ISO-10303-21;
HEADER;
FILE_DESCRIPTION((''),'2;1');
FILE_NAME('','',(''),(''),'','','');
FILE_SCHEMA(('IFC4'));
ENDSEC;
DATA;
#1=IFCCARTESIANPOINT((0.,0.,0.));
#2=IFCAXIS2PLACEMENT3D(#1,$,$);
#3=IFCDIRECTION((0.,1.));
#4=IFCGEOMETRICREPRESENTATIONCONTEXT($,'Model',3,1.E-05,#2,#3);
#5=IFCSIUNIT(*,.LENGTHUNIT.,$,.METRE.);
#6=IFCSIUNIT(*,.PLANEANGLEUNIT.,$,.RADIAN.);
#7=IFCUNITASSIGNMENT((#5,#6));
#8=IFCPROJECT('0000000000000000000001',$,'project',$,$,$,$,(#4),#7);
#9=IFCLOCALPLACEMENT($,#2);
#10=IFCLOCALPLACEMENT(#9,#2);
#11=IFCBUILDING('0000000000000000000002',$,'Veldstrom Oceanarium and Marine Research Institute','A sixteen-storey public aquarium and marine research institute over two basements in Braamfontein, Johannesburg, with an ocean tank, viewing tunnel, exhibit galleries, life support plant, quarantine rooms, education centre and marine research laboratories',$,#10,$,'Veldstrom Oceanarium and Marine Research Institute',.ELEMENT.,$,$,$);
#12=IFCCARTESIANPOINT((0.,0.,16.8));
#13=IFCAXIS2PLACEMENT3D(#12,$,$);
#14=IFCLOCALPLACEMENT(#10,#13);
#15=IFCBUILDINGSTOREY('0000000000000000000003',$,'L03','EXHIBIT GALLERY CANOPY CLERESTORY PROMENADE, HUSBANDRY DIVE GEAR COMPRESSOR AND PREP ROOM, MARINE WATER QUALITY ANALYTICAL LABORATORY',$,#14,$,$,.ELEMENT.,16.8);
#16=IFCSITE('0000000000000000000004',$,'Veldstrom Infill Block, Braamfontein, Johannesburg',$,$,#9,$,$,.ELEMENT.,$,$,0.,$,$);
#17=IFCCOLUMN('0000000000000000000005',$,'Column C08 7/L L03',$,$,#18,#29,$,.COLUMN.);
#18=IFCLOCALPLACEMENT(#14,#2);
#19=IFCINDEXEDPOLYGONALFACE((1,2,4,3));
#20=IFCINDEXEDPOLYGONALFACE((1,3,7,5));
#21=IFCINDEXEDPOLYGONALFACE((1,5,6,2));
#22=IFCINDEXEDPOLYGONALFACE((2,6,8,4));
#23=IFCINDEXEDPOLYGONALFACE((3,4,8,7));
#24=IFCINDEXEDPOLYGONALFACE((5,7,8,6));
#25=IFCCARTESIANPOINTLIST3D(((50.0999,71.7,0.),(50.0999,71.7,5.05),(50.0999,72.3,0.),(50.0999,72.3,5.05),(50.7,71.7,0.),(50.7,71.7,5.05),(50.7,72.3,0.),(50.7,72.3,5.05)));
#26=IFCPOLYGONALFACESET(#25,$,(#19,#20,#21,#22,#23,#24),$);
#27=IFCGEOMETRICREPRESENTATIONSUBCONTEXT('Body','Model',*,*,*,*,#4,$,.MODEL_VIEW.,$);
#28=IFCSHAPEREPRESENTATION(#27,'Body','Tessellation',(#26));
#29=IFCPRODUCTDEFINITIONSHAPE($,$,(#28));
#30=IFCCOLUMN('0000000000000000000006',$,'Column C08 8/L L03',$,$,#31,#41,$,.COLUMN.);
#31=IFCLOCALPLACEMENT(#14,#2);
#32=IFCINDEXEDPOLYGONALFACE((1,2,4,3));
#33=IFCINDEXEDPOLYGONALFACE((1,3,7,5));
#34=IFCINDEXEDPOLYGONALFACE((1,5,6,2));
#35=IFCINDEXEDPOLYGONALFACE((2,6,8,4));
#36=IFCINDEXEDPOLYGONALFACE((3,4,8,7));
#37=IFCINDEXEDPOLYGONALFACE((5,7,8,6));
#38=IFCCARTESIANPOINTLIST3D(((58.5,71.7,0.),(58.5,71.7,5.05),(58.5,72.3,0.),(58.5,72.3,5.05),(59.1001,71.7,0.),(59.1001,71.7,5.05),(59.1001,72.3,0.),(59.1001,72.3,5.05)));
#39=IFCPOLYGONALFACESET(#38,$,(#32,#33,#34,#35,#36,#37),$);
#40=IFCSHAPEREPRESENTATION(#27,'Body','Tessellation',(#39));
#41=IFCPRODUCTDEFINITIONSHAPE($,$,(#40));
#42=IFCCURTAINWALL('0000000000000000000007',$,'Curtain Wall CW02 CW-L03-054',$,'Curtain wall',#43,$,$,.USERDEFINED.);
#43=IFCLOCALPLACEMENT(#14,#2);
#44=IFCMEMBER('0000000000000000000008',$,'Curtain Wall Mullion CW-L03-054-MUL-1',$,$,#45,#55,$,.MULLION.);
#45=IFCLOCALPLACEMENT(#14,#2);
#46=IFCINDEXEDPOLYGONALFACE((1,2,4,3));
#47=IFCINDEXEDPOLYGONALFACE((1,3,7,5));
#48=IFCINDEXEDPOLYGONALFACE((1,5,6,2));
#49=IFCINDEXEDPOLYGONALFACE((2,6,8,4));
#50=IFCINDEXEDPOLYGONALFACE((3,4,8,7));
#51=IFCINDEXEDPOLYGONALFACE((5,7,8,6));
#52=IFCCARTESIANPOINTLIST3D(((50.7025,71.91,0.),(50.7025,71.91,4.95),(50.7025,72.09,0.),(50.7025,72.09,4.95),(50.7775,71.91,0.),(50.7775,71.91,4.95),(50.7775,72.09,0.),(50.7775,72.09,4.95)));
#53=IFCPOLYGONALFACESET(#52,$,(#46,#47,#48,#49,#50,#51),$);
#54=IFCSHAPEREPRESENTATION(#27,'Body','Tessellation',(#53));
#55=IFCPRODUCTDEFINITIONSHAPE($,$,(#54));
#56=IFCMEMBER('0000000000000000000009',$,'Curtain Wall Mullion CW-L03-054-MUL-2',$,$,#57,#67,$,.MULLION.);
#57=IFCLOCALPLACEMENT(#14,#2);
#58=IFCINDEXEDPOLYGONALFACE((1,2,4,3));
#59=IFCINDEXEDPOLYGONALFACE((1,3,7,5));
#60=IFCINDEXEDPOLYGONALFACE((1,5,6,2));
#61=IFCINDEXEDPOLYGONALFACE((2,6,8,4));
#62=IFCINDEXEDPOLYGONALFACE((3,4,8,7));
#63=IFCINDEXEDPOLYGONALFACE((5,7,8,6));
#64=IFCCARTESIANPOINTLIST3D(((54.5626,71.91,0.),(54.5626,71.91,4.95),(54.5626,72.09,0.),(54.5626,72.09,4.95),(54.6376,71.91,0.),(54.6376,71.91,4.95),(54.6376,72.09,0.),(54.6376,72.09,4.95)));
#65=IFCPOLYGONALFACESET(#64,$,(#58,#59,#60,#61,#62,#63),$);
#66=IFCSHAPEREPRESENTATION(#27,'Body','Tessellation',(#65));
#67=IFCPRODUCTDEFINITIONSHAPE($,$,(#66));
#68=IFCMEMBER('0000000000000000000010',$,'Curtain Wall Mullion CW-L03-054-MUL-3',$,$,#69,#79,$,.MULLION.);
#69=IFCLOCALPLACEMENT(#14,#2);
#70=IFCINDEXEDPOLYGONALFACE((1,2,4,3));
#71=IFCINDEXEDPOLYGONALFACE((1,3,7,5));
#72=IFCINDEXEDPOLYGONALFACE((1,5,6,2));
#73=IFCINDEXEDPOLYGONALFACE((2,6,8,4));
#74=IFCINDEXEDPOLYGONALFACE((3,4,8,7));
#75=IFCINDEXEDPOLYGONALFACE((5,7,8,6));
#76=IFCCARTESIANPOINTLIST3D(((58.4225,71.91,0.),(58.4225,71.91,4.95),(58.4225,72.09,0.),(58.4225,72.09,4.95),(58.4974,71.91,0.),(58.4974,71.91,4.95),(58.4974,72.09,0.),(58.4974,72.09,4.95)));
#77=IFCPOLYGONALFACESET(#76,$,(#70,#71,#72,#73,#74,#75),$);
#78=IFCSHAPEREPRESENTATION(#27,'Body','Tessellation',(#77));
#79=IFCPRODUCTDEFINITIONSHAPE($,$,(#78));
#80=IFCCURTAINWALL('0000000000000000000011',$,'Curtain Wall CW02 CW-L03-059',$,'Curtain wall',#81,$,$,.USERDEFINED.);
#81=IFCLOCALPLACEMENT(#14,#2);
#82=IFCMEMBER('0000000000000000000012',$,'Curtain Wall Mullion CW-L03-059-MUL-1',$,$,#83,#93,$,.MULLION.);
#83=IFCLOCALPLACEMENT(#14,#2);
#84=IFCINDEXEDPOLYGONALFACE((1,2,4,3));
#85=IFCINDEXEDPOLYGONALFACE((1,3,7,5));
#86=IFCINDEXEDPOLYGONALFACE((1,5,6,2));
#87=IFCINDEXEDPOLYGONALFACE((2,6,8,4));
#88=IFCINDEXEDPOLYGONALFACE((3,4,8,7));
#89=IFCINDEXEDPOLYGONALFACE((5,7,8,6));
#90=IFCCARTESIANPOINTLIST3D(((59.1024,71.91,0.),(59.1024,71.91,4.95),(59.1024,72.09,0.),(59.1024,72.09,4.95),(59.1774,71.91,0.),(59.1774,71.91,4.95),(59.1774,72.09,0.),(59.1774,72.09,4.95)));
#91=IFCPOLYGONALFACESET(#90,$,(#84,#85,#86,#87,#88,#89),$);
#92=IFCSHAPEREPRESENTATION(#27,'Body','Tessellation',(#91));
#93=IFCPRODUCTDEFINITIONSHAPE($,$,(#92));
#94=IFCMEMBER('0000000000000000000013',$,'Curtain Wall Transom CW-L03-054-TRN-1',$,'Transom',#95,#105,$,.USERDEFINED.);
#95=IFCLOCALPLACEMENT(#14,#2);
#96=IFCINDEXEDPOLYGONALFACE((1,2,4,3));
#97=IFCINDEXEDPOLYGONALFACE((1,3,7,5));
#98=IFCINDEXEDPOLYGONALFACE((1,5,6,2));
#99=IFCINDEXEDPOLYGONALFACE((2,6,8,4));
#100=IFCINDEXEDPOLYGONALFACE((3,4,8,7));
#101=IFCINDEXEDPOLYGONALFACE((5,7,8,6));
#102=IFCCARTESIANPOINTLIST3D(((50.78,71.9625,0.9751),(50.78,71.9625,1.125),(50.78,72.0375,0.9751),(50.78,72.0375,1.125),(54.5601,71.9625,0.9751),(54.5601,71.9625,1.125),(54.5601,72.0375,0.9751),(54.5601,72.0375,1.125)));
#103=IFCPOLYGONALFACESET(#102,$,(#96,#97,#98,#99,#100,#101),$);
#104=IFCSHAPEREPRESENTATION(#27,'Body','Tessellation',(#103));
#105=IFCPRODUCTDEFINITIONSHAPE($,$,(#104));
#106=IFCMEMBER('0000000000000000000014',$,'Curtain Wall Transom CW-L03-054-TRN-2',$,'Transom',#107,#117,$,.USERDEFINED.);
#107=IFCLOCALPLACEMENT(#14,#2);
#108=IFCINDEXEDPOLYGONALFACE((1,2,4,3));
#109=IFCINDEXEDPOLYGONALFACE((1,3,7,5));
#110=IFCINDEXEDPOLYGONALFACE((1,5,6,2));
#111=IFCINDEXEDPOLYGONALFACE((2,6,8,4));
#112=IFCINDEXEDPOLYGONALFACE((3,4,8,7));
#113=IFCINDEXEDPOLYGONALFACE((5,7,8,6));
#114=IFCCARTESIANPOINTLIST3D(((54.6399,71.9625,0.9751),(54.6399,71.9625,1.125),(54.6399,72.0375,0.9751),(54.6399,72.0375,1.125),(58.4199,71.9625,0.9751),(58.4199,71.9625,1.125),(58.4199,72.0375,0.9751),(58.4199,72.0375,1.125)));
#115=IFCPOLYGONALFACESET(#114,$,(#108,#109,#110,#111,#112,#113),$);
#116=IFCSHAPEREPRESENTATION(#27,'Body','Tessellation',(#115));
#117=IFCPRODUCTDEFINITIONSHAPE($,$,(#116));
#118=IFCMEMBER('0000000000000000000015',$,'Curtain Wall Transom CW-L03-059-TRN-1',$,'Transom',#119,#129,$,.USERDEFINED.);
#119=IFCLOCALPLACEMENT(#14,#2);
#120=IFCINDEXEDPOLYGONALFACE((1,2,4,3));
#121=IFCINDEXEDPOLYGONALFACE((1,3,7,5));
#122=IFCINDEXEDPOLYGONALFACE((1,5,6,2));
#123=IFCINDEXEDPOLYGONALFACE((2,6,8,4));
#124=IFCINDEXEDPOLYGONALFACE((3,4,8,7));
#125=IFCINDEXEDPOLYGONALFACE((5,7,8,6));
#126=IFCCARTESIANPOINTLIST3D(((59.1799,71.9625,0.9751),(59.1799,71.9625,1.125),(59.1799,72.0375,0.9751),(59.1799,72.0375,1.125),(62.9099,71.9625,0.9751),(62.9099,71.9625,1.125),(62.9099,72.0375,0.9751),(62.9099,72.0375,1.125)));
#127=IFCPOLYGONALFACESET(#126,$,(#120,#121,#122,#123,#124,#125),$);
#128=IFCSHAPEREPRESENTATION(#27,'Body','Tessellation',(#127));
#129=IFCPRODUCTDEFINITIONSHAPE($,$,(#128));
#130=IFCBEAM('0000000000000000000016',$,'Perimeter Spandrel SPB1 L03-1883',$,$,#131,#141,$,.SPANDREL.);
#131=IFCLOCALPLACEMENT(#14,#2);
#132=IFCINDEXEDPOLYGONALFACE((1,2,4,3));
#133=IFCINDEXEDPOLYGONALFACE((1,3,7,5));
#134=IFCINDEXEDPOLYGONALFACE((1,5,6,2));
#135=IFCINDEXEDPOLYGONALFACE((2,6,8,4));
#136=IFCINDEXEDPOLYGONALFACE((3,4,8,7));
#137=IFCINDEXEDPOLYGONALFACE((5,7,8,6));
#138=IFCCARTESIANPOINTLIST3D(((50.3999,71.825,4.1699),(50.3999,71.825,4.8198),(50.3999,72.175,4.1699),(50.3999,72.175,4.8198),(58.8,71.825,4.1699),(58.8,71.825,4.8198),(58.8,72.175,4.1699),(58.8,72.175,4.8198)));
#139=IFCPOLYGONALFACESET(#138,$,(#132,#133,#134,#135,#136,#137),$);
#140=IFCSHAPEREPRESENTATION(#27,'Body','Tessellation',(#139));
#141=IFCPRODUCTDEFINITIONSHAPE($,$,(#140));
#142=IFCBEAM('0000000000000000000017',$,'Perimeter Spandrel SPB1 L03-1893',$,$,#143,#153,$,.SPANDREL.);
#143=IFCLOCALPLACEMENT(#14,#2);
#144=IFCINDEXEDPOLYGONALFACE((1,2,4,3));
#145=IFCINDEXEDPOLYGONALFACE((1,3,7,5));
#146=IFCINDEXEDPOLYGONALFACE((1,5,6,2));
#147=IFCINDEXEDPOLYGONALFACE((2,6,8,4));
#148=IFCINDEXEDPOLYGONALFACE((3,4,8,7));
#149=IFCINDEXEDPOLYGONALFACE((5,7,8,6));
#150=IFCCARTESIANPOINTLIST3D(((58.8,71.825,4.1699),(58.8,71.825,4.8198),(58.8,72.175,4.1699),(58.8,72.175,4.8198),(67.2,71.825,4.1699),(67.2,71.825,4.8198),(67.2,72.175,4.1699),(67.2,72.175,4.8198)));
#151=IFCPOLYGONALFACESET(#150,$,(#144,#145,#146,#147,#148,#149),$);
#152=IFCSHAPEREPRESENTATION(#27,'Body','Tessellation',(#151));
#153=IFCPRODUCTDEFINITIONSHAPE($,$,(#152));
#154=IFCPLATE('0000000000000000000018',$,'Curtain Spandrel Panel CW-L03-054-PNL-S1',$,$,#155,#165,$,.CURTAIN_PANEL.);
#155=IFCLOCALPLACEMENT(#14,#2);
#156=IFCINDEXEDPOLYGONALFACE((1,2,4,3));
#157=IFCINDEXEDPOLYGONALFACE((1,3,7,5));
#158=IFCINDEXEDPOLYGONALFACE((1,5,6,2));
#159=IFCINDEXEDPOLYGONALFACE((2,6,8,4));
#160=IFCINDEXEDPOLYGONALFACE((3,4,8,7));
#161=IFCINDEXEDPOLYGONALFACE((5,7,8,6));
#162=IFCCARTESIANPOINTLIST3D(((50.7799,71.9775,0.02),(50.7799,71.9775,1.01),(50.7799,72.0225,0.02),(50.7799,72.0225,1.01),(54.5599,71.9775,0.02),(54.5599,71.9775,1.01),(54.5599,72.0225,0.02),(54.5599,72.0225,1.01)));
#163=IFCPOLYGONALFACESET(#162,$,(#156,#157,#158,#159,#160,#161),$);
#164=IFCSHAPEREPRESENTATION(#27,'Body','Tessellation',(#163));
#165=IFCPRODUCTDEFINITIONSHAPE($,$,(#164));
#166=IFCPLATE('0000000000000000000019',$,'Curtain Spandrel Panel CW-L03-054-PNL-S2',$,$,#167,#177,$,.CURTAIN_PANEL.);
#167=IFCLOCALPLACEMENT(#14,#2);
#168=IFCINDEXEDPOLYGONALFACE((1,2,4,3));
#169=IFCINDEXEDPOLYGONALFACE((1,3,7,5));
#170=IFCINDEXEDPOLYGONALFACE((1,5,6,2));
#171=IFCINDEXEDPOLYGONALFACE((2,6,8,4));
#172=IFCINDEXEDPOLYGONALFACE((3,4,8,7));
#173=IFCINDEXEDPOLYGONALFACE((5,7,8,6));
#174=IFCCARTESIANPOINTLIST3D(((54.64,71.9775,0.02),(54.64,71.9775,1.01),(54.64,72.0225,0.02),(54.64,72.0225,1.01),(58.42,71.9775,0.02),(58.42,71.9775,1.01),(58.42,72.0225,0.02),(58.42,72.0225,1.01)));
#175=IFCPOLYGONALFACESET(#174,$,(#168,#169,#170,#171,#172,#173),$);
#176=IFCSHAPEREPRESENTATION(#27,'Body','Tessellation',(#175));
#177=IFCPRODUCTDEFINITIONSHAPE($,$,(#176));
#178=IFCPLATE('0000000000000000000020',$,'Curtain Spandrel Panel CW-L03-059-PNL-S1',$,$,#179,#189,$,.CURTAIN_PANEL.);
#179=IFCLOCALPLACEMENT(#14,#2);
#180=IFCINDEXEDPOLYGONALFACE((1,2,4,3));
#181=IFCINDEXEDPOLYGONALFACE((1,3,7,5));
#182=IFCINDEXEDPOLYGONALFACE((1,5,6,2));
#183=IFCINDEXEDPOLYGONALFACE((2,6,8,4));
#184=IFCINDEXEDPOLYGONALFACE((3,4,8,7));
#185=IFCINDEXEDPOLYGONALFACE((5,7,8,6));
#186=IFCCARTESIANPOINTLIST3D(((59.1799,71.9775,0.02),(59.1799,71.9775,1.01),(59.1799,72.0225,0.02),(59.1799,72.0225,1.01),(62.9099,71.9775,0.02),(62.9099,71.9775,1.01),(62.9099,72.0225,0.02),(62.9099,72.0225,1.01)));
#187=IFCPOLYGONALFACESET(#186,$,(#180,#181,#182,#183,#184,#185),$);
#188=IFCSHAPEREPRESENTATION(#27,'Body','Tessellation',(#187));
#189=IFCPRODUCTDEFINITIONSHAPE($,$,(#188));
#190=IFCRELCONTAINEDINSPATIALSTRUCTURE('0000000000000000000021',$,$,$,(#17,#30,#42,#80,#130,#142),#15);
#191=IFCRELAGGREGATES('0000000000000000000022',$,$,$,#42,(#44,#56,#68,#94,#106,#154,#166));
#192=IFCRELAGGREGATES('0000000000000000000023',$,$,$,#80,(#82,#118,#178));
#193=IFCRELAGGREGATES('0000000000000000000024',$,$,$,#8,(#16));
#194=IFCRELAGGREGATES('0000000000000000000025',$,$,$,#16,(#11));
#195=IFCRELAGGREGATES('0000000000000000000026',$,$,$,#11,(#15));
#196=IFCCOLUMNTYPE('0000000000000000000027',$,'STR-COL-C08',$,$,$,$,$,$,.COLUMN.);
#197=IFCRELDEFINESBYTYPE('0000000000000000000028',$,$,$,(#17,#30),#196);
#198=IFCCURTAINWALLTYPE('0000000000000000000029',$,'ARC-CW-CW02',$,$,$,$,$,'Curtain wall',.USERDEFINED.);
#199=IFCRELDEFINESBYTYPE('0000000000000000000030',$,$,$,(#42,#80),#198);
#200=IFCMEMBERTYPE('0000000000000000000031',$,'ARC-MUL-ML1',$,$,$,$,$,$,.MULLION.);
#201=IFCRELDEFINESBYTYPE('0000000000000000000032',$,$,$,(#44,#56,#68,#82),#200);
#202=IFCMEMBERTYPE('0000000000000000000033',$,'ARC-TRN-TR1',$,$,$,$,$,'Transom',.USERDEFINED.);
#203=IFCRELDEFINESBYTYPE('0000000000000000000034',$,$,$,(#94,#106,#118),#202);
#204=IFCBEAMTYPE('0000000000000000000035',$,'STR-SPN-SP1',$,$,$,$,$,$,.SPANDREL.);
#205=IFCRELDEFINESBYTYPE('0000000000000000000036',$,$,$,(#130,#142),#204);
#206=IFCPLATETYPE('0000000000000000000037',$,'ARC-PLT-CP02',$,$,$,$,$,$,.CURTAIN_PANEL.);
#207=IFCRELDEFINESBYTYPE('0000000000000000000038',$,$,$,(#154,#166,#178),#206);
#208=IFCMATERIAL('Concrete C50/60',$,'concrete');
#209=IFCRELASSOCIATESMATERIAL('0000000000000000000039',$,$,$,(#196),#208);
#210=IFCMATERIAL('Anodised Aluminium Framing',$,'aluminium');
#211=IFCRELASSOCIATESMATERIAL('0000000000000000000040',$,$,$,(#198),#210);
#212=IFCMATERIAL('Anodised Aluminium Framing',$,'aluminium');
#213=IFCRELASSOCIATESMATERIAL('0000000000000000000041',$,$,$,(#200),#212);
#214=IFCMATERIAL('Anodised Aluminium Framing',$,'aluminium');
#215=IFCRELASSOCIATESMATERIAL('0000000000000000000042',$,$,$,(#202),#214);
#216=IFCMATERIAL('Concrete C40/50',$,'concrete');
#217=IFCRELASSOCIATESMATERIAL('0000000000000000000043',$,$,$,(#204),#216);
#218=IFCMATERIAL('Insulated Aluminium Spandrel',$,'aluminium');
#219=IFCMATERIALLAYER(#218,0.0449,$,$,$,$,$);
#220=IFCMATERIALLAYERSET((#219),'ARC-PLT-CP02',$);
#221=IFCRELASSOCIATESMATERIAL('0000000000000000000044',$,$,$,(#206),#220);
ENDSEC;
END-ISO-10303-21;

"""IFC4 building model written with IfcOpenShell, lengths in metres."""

from ifc_helpers import new_model, si_unit, direction, frame, origin, origin_2d, place, context, subcontext, project, spatial, rectangle, extrude, material, layer, layer_set, material_profile, profile_set, type_object, element, aggregate, save


model = new_model("IFC4")

# Units and contexts
model_context = context("Model", 3, precision=1e-05, world=origin(), true_north=direction((0.0, 1.0)))
body_context = subcontext(model_context, "Body", "Model", "MODEL_VIEW")
ifc_project = project(units=[si_unit("LENGTHUNIT", "METRE"), si_unit("PLANEANGLEUNIT", "RADIAN")], contexts=[model_context])

# Site, building, storey
site_placement = place(None, origin())
site = spatial("IfcSite", under=ifc_project, at=site_placement, Name="Veldstrom Infill Block, Braamfontein, Johannesburg", CompositionType="ELEMENT", RefElevation=0.0)
building_placement = place(site_placement, origin())
building = spatial("IfcBuilding", under=site, at=building_placement, Name="Veldstrom Oceanarium and Marine Research Institute", Description="A sixteen-storey public aquarium and marine research institute over two basements in Braamfontein, Johannesburg, with an ocean tank, viewing tunnel, exhibit galleries, life support plant, quarantine rooms, education centre and marine research laboratories", LongName="Veldstrom Oceanarium and Marine Research Institute", CompositionType="ELEMENT")
storey_placement = place(building_placement, frame((0.0, 0.0, 16.8)))
storey = spatial("IfcBuildingStorey", under=building, at=storey_placement, Name="L03", Description="EXHIBIT GALLERY CANOPY CLERESTORY PROMENADE, HUSBANDRY DIVE GEAR COMPRESSOR AND PREP ROOM, MARINE WATER QUALITY ANALYTICAL LABORATORY", CompositionType="ELEMENT", Elevation=16.8)

# Columns
ifc_material_1 = material(Name="Concrete C50/60", Category="concrete")
ifc_material_profile_1 = material_profile(ifc_material_1, rectangle(XDim=0.6001, YDim=0.6001, at=origin_2d()), Name="RC-COL-600x600")
ifc_profile_set_1 = profile_set([ifc_material_profile_1], Name="Concrete C50/60")
column_type = type_object("IfcColumnType", Name="STR-COL-C08", PredefinedType="COLUMN", material=ifc_profile_set_1)
for number, where, z_axis, x_axis, name in (
    (1, (50.3999, 72.0, 0.0), (0.0, 0.0, 1.0), (1.0, 0.0, 0.0), "Column C08 7/L L03"),
    (2, (58.8, 72.0, 0.0), (0.0, 0.0, 1.0), (1.0, 0.0, 0.0), "Column C08 8/L L03"),
):
    element("IfcColumn", number, at=place(storey_placement, frame(where, z_axis=z_axis, x_axis=x_axis)), inside=storey, type_object=column_type, Name=name, PredefinedType="COLUMN", context=body_context, shape_type="SweptSolid", body=[
        extrude(rectangle(XDim=0.6001, YDim=0.6001, at=origin_2d()), origin(), (0.0, 0.0, 1.0), 5.05),
    ])

# Curtain wall, members
ifc_material_2 = material(Name="Anodised Aluminium Framing", Category="aluminium")
curtain_wall_type = type_object("IfcCurtainWallType", Name="ARC-CW-CW02", ElementType="Curtain wall", PredefinedType="USERDEFINED", material=ifc_material_2)
curtain_wall_1_placement = place(storey_placement, origin())
curtain_wall_1 = element("IfcCurtainWall", 3, at=curtain_wall_1_placement, inside=storey, type_object=curtain_wall_type, Name="Curtain Wall CW02 CW-L03-054", ObjectType="Curtain wall", PredefinedType="USERDEFINED")
ifc_material_3 = material(Name="Anodised Aluminium Framing", Category="aluminium")
ifc_material_profile_2 = material_profile(ifc_material_3, rectangle(XDim=0.075, YDim=0.1799, at=origin_2d()), Name="ALU-MUL-75x180")
ifc_profile_set_2 = profile_set([ifc_material_profile_2], Name="Anodised Aluminium Framing")
member_type_1 = type_object("IfcMemberType", Name="ARC-MUL-ML1", PredefinedType="MULLION", material=ifc_profile_set_2)
member_1_placement = place(storey_placement, frame((50.74, 72.0, 0.0), z_axis=(0.0, 0.0, 1.0), x_axis=(1.0, 0.0, 0.0)))
member_1 = element("IfcMember", 4, at=member_1_placement, type_object=member_type_1, Name="Curtain Wall Mullion CW-L03-054-MUL-1", PredefinedType="MULLION", context=body_context, shape_type="SweptSolid", body=[
    extrude(rectangle(XDim=0.075, YDim=0.1799, at=origin_2d()), origin(), (0.0, 0.0, 1.0), 4.95),
])
member_2_placement = place(storey_placement, frame((54.6001, 72.0, 0.0), z_axis=(0.0, 0.0, 1.0), x_axis=(1.0, 0.0, 0.0)))
member_2 = element("IfcMember", 5, at=member_2_placement, type_object=member_type_1, Name="Curtain Wall Mullion CW-L03-054-MUL-2", PredefinedType="MULLION", context=body_context, shape_type="SweptSolid", body=[
    extrude(rectangle(XDim=0.075, YDim=0.1799, at=origin_2d()), origin(), (0.0, 0.0, 1.0), 4.95),
])
member_3_placement = place(storey_placement, frame((58.46, 72.0, 0.0), z_axis=(0.0, 0.0, 1.0), x_axis=(1.0, 0.0, 0.0)))
member_3 = element("IfcMember", 6, at=member_3_placement, type_object=member_type_1, Name="Curtain Wall Mullion CW-L03-054-MUL-3", PredefinedType="MULLION", context=body_context, shape_type="SweptSolid", body=[
    extrude(rectangle(XDim=0.075, YDim=0.1799, at=origin_2d()), origin(), (0.0, 0.0, 1.0), 4.95),
])

# Curtain wall, member
curtain_wall_2_placement = place(storey_placement, origin())
curtain_wall_2 = element("IfcCurtainWall", 7, at=curtain_wall_2_placement, inside=storey, type_object=curtain_wall_type, Name="Curtain Wall CW02 CW-L03-059", ObjectType="Curtain wall", PredefinedType="USERDEFINED")
member_4_placement = place(storey_placement, frame((59.1399, 72.0, 0.0), z_axis=(0.0, 0.0, 1.0), x_axis=(1.0, 0.0, 0.0)))
member_4 = element("IfcMember", 8, at=member_4_placement, type_object=member_type_1, Name="Curtain Wall Mullion CW-L03-059-MUL-1", PredefinedType="MULLION", context=body_context, shape_type="SweptSolid", body=[
    extrude(rectangle(XDim=0.075, YDim=0.1799, at=origin_2d()), origin(), (0.0, 0.0, 1.0), 4.95),
])

# Members
ifc_material_4 = material(Name="Anodised Aluminium Framing", Category="aluminium")
ifc_material_profile_3 = material_profile(ifc_material_4, rectangle(XDim=0.075, YDim=0.1499, at=origin_2d()), Name="ALU-TRN-75x150")
ifc_profile_set_3 = profile_set([ifc_material_profile_3], Name="Anodised Aluminium Framing")
member_type_2 = type_object("IfcMemberType", Name="ARC-TRN-TR1", ElementType="Transom", PredefinedType="USERDEFINED", material=ifc_profile_set_3)
member_5_placement = place(storey_placement, frame((50.78, 72.0, 1.05), z_axis=(1.0, 0.0, 0.0), x_axis=(0.0, 1.0, 0.0)))
member_5 = element("IfcMember", 9, at=member_5_placement, type_object=member_type_2, Name="Curtain Wall Transom CW-L03-054-TRN-1", ObjectType="Transom", PredefinedType="USERDEFINED", context=body_context, shape_type="SweptSolid", body=[
    extrude(rectangle(XDim=0.075, YDim=0.1499, at=origin_2d()), origin(), (0.0, 0.0, 1.0), 3.78),
])
member_6_placement = place(storey_placement, frame((54.6399, 72.0, 1.05), z_axis=(1.0, 0.0, 0.0), x_axis=(0.0, 1.0, 0.0)))
member_6 = element("IfcMember", 10, at=member_6_placement, type_object=member_type_2, Name="Curtain Wall Transom CW-L03-054-TRN-2", ObjectType="Transom", PredefinedType="USERDEFINED", context=body_context, shape_type="SweptSolid", body=[
    extrude(rectangle(XDim=0.075, YDim=0.1499, at=origin_2d()), origin(), (0.0, 0.0, 1.0), 3.78),
])
member_7_placement = place(storey_placement, frame((59.1799, 72.0, 1.05), z_axis=(1.0, 0.0, 0.0), x_axis=(0.0, 1.0, 0.0)))
member_7 = element("IfcMember", 11, at=member_7_placement, type_object=member_type_2, Name="Curtain Wall Transom CW-L03-059-TRN-1", ObjectType="Transom", PredefinedType="USERDEFINED", context=body_context, shape_type="SweptSolid", body=[
    extrude(rectangle(XDim=0.075, YDim=0.1499, at=origin_2d()), origin(), (0.0, 0.0, 1.0), 3.73),
])

# Beams
ifc_material_5 = material(Name="Concrete C40/50", Category="concrete")
ifc_material_profile_4 = material_profile(ifc_material_5, rectangle(XDim=0.3501, YDim=0.6499, at=origin_2d()), Name="RC-SPN-350x650")
ifc_profile_set_4 = profile_set([ifc_material_profile_4], Name="Concrete C40/50")
beam_type = type_object("IfcBeamType", Name="STR-SPN-SP1", PredefinedType="SPANDREL", material=ifc_profile_set_4)
beam_1_placement = place(storey_placement, frame((50.3999, 72.0, 4.4949), z_axis=(1.0, 0.0, 0.0), x_axis=(0.0, 1.0, 0.0)))
element("IfcBeam", 12, at=beam_1_placement, inside=storey, type_object=beam_type, Name="Perimeter Spandrel SPB1 L03-1883", PredefinedType="SPANDREL", context=body_context, shape_type="SweptSolid", body=[
    extrude(rectangle(XDim=0.3501, YDim=0.6499, at=origin_2d()), origin(), (0.0, 0.0, 1.0), 8.4001),
])
beam_2_placement = place(storey_placement, frame((58.8, 72.0, 4.4949), z_axis=(1.0, 0.0, 0.0), x_axis=(0.0, 1.0, 0.0)))
element("IfcBeam", 13, at=beam_2_placement, inside=storey, type_object=beam_type, Name="Perimeter Spandrel SPB1 L03-1893", PredefinedType="SPANDREL", context=body_context, shape_type="SweptSolid", body=[
    extrude(rectangle(XDim=0.3501, YDim=0.6499, at=origin_2d()), origin(), (0.0, 0.0, 1.0), 8.3999),
])

# Plates
ifc_material_6 = material(Name="Insulated Aluminium Spandrel", Category="aluminium")
ifc_layer_1 = layer(ifc_material_6, 0.0449)
ifc_layer_set_1 = layer_set([ifc_layer_1], Name="ARC-PLT-CP02")
plate_type_1 = type_object("IfcPlateType", Name="ARC-PLT-CP02", PredefinedType="CURTAIN_PANEL", material=ifc_layer_set_1)
plate_1_placement = place(storey_placement, frame((52.6699, 72.0, 0.02), z_axis=(0.0, 0.0, 1.0), x_axis=(1.0, 0.0, 0.0)))
plate_1 = element("IfcPlate", 14, at=plate_1_placement, type_object=plate_type_1, Name="Curtain Spandrel Panel CW-L03-054-PNL-S1", PredefinedType="CURTAIN_PANEL", context=body_context, shape_type="SweptSolid", body=[
    extrude(rectangle(XDim=3.78, YDim=0.0449, at=origin_2d()), origin(), (0.0, 0.0, 1.0), 0.99),
])
plate_2_placement = place(storey_placement, frame((56.53, 72.0, 0.02), z_axis=(0.0, 0.0, 1.0), x_axis=(1.0, 0.0, 0.0)))
plate_2 = element("IfcPlate", 15, at=plate_2_placement, type_object=plate_type_1, Name="Curtain Spandrel Panel CW-L03-054-PNL-S2", PredefinedType="CURTAIN_PANEL", context=body_context, shape_type="SweptSolid", body=[
    extrude(rectangle(XDim=3.78, YDim=0.0449, at=origin_2d()), origin(), (0.0, 0.0, 1.0), 0.99),
])
plate_3_placement = place(storey_placement, frame((61.0449, 72.0, 0.02), z_axis=(0.0, 0.0, 1.0), x_axis=(1.0, 0.0, 0.0)))
plate_3 = element("IfcPlate", 16, at=plate_3_placement, type_object=plate_type_1, Name="Curtain Spandrel Panel CW-L03-059-PNL-S1", PredefinedType="CURTAIN_PANEL", context=body_context, shape_type="SweptSolid", body=[
    extrude(rectangle(XDim=3.73, YDim=0.0449, at=origin_2d()), origin(), (0.0, 0.0, 1.0), 0.99),
])
aggregate(curtain_wall_1, [member_1, member_2, member_3, member_5, member_6, plate_1, plate_2])
aggregate(curtain_wall_2, [member_4, member_7, plate_3])

save(model, "model.ifc")
